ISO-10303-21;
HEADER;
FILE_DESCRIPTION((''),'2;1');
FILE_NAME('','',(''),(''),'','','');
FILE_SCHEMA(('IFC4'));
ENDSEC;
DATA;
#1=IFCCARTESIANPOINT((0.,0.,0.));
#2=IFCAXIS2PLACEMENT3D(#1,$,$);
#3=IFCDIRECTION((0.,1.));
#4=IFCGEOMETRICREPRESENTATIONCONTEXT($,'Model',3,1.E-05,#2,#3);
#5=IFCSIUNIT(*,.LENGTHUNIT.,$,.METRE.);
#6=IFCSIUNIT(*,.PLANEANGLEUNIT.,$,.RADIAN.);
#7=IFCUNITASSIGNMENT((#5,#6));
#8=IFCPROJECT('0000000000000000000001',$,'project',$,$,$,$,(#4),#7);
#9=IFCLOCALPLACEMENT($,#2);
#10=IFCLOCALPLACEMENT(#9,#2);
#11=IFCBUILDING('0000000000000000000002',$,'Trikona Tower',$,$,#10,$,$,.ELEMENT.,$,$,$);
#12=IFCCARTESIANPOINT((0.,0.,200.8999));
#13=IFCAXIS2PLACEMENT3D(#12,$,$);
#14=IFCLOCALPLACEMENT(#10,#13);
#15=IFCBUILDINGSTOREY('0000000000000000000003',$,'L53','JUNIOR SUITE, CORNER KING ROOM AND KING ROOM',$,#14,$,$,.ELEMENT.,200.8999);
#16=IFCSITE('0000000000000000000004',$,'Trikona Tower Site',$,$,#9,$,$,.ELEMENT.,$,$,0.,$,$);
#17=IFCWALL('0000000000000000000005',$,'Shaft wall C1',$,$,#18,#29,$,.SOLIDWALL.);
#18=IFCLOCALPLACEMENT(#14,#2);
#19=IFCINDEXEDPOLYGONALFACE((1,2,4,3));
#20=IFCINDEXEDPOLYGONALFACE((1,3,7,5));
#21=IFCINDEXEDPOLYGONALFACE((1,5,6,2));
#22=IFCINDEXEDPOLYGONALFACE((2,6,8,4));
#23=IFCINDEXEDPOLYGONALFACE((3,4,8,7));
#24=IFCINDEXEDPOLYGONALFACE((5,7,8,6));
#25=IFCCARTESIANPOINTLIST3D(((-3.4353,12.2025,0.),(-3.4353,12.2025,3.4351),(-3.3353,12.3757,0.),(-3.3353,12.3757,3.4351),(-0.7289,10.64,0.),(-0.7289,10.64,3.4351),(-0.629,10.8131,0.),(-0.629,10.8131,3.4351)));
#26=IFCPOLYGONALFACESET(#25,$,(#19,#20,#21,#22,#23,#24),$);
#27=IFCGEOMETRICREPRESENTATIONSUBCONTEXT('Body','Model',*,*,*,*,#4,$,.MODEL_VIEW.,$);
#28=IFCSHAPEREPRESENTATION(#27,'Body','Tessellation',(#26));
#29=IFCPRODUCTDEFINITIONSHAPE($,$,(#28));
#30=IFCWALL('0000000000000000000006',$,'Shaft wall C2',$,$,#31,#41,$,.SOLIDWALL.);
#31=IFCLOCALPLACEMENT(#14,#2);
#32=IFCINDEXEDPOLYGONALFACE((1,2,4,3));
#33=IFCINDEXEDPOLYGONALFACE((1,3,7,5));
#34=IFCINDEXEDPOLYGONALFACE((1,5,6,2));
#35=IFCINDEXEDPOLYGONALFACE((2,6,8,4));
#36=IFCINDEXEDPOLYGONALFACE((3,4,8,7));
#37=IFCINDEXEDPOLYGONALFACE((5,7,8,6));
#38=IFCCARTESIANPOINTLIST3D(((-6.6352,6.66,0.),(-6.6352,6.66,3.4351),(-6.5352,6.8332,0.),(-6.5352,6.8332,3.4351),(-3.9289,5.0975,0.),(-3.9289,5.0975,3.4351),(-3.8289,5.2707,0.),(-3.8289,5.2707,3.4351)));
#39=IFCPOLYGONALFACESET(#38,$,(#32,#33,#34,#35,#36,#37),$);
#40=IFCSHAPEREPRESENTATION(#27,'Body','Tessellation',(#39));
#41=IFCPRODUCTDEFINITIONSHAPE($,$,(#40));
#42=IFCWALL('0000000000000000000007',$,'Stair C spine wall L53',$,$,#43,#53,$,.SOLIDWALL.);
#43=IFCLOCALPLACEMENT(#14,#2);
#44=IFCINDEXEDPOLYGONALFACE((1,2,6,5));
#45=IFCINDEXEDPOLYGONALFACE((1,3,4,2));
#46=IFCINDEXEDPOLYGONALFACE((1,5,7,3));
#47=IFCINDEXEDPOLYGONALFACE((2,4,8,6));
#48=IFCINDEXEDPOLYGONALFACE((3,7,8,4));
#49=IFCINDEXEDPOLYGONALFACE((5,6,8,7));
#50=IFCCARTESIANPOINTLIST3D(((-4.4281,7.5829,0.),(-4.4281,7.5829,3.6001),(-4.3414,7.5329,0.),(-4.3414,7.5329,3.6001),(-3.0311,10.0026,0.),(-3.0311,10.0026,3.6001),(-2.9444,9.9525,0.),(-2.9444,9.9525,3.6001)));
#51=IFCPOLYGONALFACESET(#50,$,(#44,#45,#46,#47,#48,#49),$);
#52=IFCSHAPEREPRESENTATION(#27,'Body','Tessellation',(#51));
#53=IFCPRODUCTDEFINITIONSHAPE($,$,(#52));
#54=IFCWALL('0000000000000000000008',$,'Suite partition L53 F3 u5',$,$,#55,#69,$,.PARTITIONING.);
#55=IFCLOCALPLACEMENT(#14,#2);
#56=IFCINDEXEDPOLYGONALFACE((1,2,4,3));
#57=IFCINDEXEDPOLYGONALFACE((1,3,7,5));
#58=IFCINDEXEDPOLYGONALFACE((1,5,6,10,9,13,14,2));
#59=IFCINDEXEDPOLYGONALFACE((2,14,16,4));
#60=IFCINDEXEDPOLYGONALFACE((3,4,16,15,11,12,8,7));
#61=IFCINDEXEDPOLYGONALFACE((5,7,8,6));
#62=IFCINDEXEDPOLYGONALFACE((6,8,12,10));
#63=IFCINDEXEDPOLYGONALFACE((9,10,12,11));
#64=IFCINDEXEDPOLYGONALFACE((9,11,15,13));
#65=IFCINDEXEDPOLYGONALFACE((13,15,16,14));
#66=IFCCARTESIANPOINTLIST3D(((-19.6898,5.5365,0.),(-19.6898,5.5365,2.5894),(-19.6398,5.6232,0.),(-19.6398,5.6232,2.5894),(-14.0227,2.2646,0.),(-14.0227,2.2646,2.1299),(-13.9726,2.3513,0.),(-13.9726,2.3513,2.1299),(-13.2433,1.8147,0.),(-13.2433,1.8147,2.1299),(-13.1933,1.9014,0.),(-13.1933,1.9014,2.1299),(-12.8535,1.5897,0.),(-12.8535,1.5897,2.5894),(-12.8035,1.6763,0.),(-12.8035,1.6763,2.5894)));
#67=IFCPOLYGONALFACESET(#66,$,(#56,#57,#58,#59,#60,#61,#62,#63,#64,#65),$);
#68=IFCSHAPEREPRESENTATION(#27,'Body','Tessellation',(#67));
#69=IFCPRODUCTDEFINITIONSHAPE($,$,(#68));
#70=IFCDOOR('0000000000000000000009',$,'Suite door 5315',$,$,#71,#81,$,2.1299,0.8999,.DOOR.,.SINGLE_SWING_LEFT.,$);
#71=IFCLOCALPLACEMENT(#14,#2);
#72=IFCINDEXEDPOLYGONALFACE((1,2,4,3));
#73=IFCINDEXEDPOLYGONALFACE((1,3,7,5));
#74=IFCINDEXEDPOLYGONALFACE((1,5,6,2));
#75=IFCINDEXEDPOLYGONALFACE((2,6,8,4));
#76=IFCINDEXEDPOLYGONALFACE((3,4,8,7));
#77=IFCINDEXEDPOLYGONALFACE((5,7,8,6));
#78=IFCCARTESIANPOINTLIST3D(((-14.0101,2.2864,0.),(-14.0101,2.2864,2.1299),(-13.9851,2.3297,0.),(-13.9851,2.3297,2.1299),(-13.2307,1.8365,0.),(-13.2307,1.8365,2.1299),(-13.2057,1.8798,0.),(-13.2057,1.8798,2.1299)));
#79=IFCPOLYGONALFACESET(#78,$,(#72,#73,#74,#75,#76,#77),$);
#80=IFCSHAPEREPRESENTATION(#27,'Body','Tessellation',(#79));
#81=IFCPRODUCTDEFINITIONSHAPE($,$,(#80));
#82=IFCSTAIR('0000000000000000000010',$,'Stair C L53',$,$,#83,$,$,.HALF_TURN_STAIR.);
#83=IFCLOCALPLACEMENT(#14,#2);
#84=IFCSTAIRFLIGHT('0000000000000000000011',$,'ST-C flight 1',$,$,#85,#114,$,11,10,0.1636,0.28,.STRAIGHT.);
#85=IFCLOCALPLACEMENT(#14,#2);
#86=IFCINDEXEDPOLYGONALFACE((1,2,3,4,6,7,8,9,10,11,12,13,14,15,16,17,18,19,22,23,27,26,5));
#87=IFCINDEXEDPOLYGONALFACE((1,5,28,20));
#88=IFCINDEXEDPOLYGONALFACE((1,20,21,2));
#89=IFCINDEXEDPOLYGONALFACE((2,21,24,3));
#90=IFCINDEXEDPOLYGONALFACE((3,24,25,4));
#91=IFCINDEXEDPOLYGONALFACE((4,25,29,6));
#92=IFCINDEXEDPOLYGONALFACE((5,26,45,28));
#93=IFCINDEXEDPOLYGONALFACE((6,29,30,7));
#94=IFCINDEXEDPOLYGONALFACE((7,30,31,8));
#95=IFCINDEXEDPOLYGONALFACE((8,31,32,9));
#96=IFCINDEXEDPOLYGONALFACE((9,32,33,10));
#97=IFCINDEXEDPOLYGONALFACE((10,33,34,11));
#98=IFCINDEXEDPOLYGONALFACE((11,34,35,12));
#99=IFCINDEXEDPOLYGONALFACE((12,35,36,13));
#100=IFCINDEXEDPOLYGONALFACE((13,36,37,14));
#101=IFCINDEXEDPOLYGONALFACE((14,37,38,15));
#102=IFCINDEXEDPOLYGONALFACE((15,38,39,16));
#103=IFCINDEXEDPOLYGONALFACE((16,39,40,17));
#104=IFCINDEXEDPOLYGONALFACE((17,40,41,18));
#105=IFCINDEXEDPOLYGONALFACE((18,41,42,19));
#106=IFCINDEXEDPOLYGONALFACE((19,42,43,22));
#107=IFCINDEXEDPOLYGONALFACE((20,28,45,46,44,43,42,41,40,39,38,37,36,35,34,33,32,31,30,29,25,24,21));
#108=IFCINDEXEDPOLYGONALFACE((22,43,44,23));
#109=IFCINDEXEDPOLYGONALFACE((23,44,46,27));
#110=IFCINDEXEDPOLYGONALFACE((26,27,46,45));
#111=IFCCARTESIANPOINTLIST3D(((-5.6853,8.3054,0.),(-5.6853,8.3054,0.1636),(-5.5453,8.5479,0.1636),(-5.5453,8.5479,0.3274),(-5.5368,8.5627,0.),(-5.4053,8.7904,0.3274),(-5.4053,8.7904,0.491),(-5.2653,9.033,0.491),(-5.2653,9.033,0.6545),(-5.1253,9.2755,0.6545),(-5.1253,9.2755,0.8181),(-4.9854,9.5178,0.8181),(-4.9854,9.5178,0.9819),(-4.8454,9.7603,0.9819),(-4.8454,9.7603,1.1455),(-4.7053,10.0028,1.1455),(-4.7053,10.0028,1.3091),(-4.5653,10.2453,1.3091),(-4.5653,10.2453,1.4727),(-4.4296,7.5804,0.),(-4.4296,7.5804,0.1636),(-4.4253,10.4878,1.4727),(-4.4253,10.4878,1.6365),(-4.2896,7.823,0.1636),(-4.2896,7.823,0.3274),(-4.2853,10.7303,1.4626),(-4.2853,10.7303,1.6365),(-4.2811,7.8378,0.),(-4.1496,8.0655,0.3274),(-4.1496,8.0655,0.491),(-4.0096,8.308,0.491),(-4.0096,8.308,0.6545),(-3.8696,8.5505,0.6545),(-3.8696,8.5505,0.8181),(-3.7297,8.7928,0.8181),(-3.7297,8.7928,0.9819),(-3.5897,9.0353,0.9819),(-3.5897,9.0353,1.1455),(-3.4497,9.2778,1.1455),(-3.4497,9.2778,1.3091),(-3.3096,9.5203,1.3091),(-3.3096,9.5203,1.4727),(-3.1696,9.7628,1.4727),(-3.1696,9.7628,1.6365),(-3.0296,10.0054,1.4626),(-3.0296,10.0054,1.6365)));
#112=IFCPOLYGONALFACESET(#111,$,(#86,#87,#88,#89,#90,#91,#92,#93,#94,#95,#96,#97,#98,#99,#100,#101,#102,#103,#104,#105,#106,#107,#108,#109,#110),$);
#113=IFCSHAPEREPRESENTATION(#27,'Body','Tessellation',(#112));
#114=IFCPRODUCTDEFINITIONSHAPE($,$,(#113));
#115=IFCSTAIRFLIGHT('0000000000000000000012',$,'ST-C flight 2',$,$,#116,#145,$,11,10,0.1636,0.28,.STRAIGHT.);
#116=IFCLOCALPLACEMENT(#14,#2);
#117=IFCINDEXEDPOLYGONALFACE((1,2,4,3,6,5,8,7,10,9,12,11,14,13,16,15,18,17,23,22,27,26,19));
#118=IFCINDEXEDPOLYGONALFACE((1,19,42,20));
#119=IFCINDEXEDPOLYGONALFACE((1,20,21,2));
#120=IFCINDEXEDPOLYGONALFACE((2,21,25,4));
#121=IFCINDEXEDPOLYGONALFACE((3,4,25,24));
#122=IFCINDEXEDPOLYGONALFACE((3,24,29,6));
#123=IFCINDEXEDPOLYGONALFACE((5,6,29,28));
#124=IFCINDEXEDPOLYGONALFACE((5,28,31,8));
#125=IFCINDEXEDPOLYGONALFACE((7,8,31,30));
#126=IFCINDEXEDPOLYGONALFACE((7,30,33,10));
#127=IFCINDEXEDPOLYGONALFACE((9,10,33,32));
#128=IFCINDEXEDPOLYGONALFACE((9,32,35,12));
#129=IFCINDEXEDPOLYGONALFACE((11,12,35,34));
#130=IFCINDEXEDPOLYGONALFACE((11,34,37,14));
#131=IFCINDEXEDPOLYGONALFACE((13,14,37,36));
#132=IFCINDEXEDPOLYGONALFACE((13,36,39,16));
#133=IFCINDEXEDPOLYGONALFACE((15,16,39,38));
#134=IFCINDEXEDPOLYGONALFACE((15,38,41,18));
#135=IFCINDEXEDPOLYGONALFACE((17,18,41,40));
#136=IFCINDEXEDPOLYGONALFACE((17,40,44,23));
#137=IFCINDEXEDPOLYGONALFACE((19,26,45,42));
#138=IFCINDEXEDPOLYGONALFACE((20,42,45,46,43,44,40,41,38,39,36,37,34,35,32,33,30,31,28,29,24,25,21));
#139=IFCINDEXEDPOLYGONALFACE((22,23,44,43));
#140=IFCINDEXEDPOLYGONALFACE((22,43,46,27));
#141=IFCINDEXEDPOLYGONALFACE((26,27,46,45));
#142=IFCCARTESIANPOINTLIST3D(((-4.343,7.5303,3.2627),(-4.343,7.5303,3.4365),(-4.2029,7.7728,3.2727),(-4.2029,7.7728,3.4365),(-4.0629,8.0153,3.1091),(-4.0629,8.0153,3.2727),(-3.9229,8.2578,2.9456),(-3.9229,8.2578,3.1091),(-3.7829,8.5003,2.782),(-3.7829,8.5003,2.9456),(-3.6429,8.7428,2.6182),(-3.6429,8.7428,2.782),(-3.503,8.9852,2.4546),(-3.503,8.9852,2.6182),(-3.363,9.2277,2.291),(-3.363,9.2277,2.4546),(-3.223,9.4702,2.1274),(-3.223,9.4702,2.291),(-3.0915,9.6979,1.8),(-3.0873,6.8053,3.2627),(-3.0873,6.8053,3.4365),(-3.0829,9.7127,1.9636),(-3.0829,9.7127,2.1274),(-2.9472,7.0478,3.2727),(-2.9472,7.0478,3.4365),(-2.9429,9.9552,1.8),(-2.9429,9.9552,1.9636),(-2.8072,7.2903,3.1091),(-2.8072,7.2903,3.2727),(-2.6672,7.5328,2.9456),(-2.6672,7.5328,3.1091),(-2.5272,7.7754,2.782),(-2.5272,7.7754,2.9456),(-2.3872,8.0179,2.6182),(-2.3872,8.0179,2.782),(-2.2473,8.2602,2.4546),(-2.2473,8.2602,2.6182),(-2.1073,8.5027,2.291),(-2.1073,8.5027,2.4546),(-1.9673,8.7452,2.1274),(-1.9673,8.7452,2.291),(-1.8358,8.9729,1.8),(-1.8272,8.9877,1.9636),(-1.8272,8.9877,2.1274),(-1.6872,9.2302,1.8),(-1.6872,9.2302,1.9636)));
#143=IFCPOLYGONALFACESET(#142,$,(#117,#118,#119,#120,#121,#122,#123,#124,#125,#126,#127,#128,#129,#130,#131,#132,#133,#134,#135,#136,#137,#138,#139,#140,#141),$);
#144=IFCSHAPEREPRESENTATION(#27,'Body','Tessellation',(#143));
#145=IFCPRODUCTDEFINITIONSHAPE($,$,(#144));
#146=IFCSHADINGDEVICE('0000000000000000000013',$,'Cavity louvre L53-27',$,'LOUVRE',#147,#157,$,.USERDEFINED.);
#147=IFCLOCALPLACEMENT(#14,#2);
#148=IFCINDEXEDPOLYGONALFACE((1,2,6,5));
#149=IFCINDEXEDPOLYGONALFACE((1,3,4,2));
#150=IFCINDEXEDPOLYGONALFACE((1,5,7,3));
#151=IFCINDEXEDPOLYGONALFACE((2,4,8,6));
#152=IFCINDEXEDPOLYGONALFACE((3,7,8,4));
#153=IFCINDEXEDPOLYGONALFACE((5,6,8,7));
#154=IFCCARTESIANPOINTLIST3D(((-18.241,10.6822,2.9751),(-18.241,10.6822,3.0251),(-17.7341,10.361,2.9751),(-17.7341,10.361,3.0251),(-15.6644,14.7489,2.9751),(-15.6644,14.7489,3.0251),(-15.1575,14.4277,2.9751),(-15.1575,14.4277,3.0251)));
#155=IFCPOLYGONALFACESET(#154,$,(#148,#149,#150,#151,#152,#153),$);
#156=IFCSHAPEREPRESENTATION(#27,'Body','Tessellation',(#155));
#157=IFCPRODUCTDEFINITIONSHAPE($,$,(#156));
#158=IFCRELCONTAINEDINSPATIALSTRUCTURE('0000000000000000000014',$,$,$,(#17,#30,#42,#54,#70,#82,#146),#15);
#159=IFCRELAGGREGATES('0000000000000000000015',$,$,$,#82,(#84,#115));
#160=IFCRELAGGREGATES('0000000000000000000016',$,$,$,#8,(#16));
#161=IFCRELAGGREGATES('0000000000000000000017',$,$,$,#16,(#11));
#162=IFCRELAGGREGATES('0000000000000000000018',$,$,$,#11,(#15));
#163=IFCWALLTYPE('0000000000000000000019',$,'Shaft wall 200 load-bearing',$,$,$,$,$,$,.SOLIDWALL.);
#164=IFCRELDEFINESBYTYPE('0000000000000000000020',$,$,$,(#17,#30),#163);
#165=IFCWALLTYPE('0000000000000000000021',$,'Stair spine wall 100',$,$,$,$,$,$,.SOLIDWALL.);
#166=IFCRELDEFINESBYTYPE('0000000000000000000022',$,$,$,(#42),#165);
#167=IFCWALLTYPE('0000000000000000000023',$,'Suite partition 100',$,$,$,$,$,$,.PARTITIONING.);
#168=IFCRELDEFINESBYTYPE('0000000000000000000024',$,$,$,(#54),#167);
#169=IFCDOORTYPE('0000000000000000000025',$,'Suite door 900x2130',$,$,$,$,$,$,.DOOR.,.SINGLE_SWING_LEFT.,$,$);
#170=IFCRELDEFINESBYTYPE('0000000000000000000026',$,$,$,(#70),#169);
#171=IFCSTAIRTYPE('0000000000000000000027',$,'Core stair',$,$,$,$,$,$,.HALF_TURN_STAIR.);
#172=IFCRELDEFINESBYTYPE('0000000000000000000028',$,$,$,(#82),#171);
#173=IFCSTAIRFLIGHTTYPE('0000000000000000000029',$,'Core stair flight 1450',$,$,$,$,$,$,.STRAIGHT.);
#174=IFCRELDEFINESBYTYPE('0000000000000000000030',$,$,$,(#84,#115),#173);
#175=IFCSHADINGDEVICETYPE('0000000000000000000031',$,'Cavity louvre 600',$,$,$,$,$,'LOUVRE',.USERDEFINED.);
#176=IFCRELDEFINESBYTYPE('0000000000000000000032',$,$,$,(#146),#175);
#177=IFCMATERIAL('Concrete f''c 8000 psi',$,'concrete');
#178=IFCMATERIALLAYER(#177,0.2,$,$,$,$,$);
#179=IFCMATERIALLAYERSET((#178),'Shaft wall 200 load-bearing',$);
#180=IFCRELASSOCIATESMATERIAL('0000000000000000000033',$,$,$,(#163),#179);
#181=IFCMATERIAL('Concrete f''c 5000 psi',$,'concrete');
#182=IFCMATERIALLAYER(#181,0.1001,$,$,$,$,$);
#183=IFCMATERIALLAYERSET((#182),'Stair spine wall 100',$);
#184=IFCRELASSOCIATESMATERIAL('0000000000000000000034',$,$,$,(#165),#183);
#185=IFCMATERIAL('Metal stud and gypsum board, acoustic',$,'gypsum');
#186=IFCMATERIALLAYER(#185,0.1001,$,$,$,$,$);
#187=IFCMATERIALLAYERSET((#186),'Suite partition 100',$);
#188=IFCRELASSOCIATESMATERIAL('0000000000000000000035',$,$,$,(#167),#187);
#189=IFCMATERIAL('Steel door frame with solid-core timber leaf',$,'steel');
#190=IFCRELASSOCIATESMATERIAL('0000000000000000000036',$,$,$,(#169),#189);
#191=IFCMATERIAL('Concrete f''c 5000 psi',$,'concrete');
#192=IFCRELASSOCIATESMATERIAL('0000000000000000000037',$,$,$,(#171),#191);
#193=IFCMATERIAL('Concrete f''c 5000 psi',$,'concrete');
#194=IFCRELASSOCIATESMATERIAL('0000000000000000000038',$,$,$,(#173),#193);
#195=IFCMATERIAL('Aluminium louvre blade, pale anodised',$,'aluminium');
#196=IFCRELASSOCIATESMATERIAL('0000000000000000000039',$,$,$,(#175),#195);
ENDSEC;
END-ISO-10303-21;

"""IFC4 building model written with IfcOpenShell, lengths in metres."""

from ifc_helpers import new_model, si_unit, direction, frame, frame_2d, origin, origin_2d, place, context, subcontext, project, spatial, polyline, rectangle, outline, extrude, material, layer, layer_set, type_object, element, fill, aggregate, save


model = new_model("IFC4")

# Units and contexts
model_context = context("Model", 3, precision=1e-05, world=origin(), true_north=direction((0.0, 1.0)))
body_context = subcontext(model_context, "Body", "Model", "MODEL_VIEW")
ifc_project = project(units=[si_unit("LENGTHUNIT", "METRE"), si_unit("PLANEANGLEUNIT", "RADIAN")], contexts=[model_context])

# Site, building, storey
site_placement = place(None, origin())
site = spatial("IfcSite", under=ifc_project, at=site_placement, Name="Trikona Tower Site", CompositionType="ELEMENT", RefElevation=0.0)
building_placement = place(site_placement, origin())
building = spatial("IfcBuilding", under=site, at=building_placement, Name="Trikona Tower", CompositionType="ELEMENT")
storey_placement = place(building_placement, frame((0.0, 0.0, 200.8999)))
storey = spatial("IfcBuildingStorey", under=building, at=storey_placement, Name="L53", Description="JUNIOR SUITE, CORNER KING ROOM AND KING ROOM", CompositionType="ELEMENT", Elevation=200.8999)

# Walls
ifc_material_1 = material(Name="Concrete f'c 8000 psi", Category="concrete")
ifc_layer_1 = layer(ifc_material_1, 0.2)
ifc_layer_set_1 = layer_set([ifc_layer_1], Name="Shaft wall 200 load-bearing")
wall_type_1 = type_object("IfcWallType", Name="Shaft wall 200 load-bearing", PredefinedType="SOLIDWALL", material=ifc_layer_set_1)
for number, where, z_axis, x_axis, name in (
    (1, (-0.679, 10.7266, 0.0), (0.0, 0.0, 1.0), (-0.866023, 0.500004, 0.0), "Shaft wall C1"),
    (2, (-3.8789, 5.1841, 0.0), (0.0, 0.0, 1.0), (-0.866023, 0.500004, 0.0), "Shaft wall C2"),
):
    element("IfcWall", number, at=place(storey_placement, frame(where, z_axis=z_axis, x_axis=x_axis)), inside=storey, type_object=wall_type_1, Name=name, PredefinedType="SOLIDWALL", context=body_context, shape_type="SweptSolid", body=[
        extrude(rectangle(XDim=3.125, YDim=0.2, at=frame_2d((1.5625, 0.0))), origin(), (0.0, 0.0, 1.0), 3.4351),
    ])
ifc_material_2 = material(Name="Concrete f'c 5000 psi", Category="concrete")
ifc_layer_2 = layer(ifc_material_2, 0.1001)
ifc_layer_set_2 = layer_set([ifc_layer_2], Name="Stair spine wall 100")
wall_type_2 = type_object("IfcWallType", Name="Stair spine wall 100", PredefinedType="SOLIDWALL", material=ifc_layer_set_2)
wall_1_placement = place(storey_placement, frame((-2.9878, 9.9775, 0.0), z_axis=(0.0, 0.0, 1.0), x_axis=(-0.499992, -0.86603, 0.0)))
element("IfcWall", 3, at=wall_1_placement, inside=storey, type_object=wall_type_2, Name="Stair C spine wall L53", PredefinedType="SOLIDWALL", context=body_context, shape_type="SweptSolid", body=[
    extrude(rectangle(XDim=2.7939, YDim=0.1001, at=frame_2d((1.397, 0.0))), origin(), (0.0, 0.0, 1.0), 3.6001),
])

# Wall, opening, door
ifc_material_3 = material(Name="Metal stud and gypsum board, acoustic", Category="gypsum")
ifc_layer_3 = layer(ifc_material_3, 0.1001)
ifc_layer_set_3 = layer_set([ifc_layer_3], Name="Suite partition 100")
wall_type_3 = type_object("IfcWallType", Name="Suite partition 100", PredefinedType="PARTITIONING", material=ifc_layer_set_3)
wall_2_placement = place(storey_placement, frame((-12.8286, 1.6331, 0.0), z_axis=(0.0, 0.0, 1.0), x_axis=(-0.866031, 0.499991, 0.0)))
wall_2 = element("IfcWall", 4, at=wall_2_placement, inside=storey, type_object=wall_type_3, Name="Suite partition L53 F3 u5", PredefinedType="PARTITIONING", context=body_context, shape_type="SweptSolid", body=[
    extrude(rectangle(XDim=7.8938, YDim=0.1001, at=frame_2d((3.9468, 0.0))), origin(), (0.0, 0.0, 1.0), 2.5894),
])
opening_1_placement = place(wall_2_placement, frame((0.45, 0.0, 0.0)))
opening_1 = element("IfcOpeningElement", 5, at=opening_1_placement, cuts=wall_2, PredefinedType="OPENING", context=body_context, shape_type="SweptSolid", body=[
    extrude(rectangle(XDim=0.8999, YDim=2.1299, at=frame_2d((0.45, 1.0649))), frame((0.0, 0.0601, 0.0), z_axis=(0.0, -1.0, 0.0), x_axis=(1.0, 0.0, 0.0)), (0.0, 0.0, 1.0), 0.1201),
])
ifc_material_4 = material(Name="Steel door frame with solid-core timber leaf", Category="steel")
door_type_1 = type_object("IfcDoorType", Name="Suite door 900x2130", OperationType="SINGLE_SWING_LEFT", PredefinedType="DOOR", material=ifc_material_4)
door_1_placement = place(opening_1_placement, origin())
door_1 = element("IfcDoor", 6, at=door_1_placement, inside=storey, type_object=door_type_1, Name="Suite door 5315", OperationType="SINGLE_SWING_LEFT", OverallHeight=2.1299, OverallWidth=0.8999, PredefinedType="DOOR", context=body_context, shape_type="SweptSolid", body=[
    extrude(rectangle(XDim=0.8999, YDim=2.1299, at=frame_2d((0.45, 1.0649))), frame((0.0, 0.0249, 0.0), z_axis=(0.0, -1.0, 0.0), x_axis=(1.0, 0.0, 0.0)), (0.0, 0.0, 1.0), 0.05),
])
fill(opening_1, door_1)

# Stair, stair flights
ifc_material_5 = material(Name="Concrete f'c 5000 psi", Category="concrete")
stair_type = type_object("IfcStairType", Name="Core stair", PredefinedType="HALF_TURN_STAIR", material=ifc_material_5)
stair_placement = place(storey_placement, origin())
stair = element("IfcStair", 7, at=stair_placement, inside=storey, type_object=stair_type, Name="Stair C L53", PredefinedType="HALF_TURN_STAIR")
ifc_material_6 = material(Name="Concrete f'c 5000 psi", Category="concrete")
stair_flight_type = type_object("IfcStairFlightType", Name="Core stair flight 1450", PredefinedType="STRAIGHT", material=ifc_material_6)
stair_flight_1_placement = place(storey_placement, frame((-5.0574, 7.9429, 0.0), z_axis=(0.0, 0.0, 1.0), x_axis=(0.5, 0.866025, 0.0)))
stair_flight_1 = element("IfcStairFlight", 8, at=stair_flight_1_placement, type_object=stair_flight_type, Name="ST-C flight 1", NumberOfRisers=11, NumberOfTreads=10, PredefinedType="STRAIGHT", RiserHeight=0.1636, TreadLength=0.28, context=body_context, shape_type="SweptSolid", body=[
    extrude(outline(polyline([(0.0, 0.0), (0.0, 0.1636), (0.28, 0.1636), (0.28, 0.3274), (0.5601, 0.3274), (0.5601, 0.491), (0.8401, 0.491), (0.8401, 0.6545), (1.1201, 0.6545), (1.1201, 0.8181), (1.3999, 0.8181), (1.3999, 0.9819), (1.6799, 0.9819), (1.6799, 1.1455), (1.96, 1.1455), (1.96, 1.3091), (2.24, 1.3091), (2.24, 1.4727), (2.52, 1.4727), (2.52, 1.6365), (2.8, 1.6365), (2.8, 1.8), (2.8, 1.4626), (0.2971, 0.0), (0.0, 0.0)])), frame((0.0, 0.7251, 0.0), z_axis=(0.0, -1.0, 0.0), x_axis=(1.0, 0.0, 0.0)), (0.0, 0.0, 1.0), 1.45),
])
stair_flight_2_placement = place(storey_placement, frame((-2.3152, 9.5928, 1.8), z_axis=(0.0, 0.0, 1.0), x_axis=(-0.5, -0.866025, 0.0)))
stair_flight_2 = element("IfcStairFlight", 9, at=stair_flight_2_placement, type_object=stair_flight_type, Name="ST-C flight 2", NumberOfRisers=11, NumberOfTreads=10, PredefinedType="STRAIGHT", RiserHeight=0.1636, TreadLength=0.28, context=body_context, shape_type="SweptSolid", body=[
    extrude(outline(polyline([(0.0, 0.0), (0.0, 0.1636), (0.28, 0.1636), (0.28, 0.3274), (0.5601, 0.3274), (0.5601, 0.491), (0.8401, 0.491), (0.8401, 0.6545), (1.1201, 0.6545), (1.1201, 0.8181), (1.3999, 0.8181), (1.3999, 0.9819), (1.6799, 0.9819), (1.6799, 1.1455), (1.96, 1.1455), (1.96, 1.3091), (2.24, 1.3091), (2.24, 1.4727), (2.52, 1.4727), (2.52, 1.6365), (2.8, 1.6365), (2.8, 1.8), (2.8, 1.4626), (0.2971, 0.0), (0.0, 0.0)])), frame((0.0, 0.7251, 0.0), z_axis=(0.0, -1.0, 0.0), x_axis=(1.0, 0.0, 0.0)), (0.0, 0.0, 1.0), 1.45),
])
aggregate(stair, [stair_flight_1, stair_flight_2])

# Shading device
ifc_material_7 = material(Name="Aluminium louvre blade, pale anodised", Category="aluminium")
shading_device_type = type_object("IfcShadingDeviceType", Name="Cavity louvre 600", ElementType="LOUVRE", PredefinedType="USERDEFINED", material=ifc_material_7)
shading_device_placement = place(storey_placement, frame((-16.6992, 12.5549, 2.9751), z_axis=(0.0, 0.0, 1.0), x_axis=(-0.535205, -0.844722, 0.0)))
element("IfcShadingDevice", 10, at=shading_device_placement, inside=storey, type_object=shading_device_type, Name="Cavity louvre L53-27", ObjectType="LOUVRE", PredefinedType="USERDEFINED", context=body_context, shape_type="SweptSolid", body=[
    extrude(rectangle(XDim=4.8142, YDim=0.6001, at=origin_2d()), origin(), (0.0, 0.0, 1.0), 0.05),
])

save(model, "model.ifc")
